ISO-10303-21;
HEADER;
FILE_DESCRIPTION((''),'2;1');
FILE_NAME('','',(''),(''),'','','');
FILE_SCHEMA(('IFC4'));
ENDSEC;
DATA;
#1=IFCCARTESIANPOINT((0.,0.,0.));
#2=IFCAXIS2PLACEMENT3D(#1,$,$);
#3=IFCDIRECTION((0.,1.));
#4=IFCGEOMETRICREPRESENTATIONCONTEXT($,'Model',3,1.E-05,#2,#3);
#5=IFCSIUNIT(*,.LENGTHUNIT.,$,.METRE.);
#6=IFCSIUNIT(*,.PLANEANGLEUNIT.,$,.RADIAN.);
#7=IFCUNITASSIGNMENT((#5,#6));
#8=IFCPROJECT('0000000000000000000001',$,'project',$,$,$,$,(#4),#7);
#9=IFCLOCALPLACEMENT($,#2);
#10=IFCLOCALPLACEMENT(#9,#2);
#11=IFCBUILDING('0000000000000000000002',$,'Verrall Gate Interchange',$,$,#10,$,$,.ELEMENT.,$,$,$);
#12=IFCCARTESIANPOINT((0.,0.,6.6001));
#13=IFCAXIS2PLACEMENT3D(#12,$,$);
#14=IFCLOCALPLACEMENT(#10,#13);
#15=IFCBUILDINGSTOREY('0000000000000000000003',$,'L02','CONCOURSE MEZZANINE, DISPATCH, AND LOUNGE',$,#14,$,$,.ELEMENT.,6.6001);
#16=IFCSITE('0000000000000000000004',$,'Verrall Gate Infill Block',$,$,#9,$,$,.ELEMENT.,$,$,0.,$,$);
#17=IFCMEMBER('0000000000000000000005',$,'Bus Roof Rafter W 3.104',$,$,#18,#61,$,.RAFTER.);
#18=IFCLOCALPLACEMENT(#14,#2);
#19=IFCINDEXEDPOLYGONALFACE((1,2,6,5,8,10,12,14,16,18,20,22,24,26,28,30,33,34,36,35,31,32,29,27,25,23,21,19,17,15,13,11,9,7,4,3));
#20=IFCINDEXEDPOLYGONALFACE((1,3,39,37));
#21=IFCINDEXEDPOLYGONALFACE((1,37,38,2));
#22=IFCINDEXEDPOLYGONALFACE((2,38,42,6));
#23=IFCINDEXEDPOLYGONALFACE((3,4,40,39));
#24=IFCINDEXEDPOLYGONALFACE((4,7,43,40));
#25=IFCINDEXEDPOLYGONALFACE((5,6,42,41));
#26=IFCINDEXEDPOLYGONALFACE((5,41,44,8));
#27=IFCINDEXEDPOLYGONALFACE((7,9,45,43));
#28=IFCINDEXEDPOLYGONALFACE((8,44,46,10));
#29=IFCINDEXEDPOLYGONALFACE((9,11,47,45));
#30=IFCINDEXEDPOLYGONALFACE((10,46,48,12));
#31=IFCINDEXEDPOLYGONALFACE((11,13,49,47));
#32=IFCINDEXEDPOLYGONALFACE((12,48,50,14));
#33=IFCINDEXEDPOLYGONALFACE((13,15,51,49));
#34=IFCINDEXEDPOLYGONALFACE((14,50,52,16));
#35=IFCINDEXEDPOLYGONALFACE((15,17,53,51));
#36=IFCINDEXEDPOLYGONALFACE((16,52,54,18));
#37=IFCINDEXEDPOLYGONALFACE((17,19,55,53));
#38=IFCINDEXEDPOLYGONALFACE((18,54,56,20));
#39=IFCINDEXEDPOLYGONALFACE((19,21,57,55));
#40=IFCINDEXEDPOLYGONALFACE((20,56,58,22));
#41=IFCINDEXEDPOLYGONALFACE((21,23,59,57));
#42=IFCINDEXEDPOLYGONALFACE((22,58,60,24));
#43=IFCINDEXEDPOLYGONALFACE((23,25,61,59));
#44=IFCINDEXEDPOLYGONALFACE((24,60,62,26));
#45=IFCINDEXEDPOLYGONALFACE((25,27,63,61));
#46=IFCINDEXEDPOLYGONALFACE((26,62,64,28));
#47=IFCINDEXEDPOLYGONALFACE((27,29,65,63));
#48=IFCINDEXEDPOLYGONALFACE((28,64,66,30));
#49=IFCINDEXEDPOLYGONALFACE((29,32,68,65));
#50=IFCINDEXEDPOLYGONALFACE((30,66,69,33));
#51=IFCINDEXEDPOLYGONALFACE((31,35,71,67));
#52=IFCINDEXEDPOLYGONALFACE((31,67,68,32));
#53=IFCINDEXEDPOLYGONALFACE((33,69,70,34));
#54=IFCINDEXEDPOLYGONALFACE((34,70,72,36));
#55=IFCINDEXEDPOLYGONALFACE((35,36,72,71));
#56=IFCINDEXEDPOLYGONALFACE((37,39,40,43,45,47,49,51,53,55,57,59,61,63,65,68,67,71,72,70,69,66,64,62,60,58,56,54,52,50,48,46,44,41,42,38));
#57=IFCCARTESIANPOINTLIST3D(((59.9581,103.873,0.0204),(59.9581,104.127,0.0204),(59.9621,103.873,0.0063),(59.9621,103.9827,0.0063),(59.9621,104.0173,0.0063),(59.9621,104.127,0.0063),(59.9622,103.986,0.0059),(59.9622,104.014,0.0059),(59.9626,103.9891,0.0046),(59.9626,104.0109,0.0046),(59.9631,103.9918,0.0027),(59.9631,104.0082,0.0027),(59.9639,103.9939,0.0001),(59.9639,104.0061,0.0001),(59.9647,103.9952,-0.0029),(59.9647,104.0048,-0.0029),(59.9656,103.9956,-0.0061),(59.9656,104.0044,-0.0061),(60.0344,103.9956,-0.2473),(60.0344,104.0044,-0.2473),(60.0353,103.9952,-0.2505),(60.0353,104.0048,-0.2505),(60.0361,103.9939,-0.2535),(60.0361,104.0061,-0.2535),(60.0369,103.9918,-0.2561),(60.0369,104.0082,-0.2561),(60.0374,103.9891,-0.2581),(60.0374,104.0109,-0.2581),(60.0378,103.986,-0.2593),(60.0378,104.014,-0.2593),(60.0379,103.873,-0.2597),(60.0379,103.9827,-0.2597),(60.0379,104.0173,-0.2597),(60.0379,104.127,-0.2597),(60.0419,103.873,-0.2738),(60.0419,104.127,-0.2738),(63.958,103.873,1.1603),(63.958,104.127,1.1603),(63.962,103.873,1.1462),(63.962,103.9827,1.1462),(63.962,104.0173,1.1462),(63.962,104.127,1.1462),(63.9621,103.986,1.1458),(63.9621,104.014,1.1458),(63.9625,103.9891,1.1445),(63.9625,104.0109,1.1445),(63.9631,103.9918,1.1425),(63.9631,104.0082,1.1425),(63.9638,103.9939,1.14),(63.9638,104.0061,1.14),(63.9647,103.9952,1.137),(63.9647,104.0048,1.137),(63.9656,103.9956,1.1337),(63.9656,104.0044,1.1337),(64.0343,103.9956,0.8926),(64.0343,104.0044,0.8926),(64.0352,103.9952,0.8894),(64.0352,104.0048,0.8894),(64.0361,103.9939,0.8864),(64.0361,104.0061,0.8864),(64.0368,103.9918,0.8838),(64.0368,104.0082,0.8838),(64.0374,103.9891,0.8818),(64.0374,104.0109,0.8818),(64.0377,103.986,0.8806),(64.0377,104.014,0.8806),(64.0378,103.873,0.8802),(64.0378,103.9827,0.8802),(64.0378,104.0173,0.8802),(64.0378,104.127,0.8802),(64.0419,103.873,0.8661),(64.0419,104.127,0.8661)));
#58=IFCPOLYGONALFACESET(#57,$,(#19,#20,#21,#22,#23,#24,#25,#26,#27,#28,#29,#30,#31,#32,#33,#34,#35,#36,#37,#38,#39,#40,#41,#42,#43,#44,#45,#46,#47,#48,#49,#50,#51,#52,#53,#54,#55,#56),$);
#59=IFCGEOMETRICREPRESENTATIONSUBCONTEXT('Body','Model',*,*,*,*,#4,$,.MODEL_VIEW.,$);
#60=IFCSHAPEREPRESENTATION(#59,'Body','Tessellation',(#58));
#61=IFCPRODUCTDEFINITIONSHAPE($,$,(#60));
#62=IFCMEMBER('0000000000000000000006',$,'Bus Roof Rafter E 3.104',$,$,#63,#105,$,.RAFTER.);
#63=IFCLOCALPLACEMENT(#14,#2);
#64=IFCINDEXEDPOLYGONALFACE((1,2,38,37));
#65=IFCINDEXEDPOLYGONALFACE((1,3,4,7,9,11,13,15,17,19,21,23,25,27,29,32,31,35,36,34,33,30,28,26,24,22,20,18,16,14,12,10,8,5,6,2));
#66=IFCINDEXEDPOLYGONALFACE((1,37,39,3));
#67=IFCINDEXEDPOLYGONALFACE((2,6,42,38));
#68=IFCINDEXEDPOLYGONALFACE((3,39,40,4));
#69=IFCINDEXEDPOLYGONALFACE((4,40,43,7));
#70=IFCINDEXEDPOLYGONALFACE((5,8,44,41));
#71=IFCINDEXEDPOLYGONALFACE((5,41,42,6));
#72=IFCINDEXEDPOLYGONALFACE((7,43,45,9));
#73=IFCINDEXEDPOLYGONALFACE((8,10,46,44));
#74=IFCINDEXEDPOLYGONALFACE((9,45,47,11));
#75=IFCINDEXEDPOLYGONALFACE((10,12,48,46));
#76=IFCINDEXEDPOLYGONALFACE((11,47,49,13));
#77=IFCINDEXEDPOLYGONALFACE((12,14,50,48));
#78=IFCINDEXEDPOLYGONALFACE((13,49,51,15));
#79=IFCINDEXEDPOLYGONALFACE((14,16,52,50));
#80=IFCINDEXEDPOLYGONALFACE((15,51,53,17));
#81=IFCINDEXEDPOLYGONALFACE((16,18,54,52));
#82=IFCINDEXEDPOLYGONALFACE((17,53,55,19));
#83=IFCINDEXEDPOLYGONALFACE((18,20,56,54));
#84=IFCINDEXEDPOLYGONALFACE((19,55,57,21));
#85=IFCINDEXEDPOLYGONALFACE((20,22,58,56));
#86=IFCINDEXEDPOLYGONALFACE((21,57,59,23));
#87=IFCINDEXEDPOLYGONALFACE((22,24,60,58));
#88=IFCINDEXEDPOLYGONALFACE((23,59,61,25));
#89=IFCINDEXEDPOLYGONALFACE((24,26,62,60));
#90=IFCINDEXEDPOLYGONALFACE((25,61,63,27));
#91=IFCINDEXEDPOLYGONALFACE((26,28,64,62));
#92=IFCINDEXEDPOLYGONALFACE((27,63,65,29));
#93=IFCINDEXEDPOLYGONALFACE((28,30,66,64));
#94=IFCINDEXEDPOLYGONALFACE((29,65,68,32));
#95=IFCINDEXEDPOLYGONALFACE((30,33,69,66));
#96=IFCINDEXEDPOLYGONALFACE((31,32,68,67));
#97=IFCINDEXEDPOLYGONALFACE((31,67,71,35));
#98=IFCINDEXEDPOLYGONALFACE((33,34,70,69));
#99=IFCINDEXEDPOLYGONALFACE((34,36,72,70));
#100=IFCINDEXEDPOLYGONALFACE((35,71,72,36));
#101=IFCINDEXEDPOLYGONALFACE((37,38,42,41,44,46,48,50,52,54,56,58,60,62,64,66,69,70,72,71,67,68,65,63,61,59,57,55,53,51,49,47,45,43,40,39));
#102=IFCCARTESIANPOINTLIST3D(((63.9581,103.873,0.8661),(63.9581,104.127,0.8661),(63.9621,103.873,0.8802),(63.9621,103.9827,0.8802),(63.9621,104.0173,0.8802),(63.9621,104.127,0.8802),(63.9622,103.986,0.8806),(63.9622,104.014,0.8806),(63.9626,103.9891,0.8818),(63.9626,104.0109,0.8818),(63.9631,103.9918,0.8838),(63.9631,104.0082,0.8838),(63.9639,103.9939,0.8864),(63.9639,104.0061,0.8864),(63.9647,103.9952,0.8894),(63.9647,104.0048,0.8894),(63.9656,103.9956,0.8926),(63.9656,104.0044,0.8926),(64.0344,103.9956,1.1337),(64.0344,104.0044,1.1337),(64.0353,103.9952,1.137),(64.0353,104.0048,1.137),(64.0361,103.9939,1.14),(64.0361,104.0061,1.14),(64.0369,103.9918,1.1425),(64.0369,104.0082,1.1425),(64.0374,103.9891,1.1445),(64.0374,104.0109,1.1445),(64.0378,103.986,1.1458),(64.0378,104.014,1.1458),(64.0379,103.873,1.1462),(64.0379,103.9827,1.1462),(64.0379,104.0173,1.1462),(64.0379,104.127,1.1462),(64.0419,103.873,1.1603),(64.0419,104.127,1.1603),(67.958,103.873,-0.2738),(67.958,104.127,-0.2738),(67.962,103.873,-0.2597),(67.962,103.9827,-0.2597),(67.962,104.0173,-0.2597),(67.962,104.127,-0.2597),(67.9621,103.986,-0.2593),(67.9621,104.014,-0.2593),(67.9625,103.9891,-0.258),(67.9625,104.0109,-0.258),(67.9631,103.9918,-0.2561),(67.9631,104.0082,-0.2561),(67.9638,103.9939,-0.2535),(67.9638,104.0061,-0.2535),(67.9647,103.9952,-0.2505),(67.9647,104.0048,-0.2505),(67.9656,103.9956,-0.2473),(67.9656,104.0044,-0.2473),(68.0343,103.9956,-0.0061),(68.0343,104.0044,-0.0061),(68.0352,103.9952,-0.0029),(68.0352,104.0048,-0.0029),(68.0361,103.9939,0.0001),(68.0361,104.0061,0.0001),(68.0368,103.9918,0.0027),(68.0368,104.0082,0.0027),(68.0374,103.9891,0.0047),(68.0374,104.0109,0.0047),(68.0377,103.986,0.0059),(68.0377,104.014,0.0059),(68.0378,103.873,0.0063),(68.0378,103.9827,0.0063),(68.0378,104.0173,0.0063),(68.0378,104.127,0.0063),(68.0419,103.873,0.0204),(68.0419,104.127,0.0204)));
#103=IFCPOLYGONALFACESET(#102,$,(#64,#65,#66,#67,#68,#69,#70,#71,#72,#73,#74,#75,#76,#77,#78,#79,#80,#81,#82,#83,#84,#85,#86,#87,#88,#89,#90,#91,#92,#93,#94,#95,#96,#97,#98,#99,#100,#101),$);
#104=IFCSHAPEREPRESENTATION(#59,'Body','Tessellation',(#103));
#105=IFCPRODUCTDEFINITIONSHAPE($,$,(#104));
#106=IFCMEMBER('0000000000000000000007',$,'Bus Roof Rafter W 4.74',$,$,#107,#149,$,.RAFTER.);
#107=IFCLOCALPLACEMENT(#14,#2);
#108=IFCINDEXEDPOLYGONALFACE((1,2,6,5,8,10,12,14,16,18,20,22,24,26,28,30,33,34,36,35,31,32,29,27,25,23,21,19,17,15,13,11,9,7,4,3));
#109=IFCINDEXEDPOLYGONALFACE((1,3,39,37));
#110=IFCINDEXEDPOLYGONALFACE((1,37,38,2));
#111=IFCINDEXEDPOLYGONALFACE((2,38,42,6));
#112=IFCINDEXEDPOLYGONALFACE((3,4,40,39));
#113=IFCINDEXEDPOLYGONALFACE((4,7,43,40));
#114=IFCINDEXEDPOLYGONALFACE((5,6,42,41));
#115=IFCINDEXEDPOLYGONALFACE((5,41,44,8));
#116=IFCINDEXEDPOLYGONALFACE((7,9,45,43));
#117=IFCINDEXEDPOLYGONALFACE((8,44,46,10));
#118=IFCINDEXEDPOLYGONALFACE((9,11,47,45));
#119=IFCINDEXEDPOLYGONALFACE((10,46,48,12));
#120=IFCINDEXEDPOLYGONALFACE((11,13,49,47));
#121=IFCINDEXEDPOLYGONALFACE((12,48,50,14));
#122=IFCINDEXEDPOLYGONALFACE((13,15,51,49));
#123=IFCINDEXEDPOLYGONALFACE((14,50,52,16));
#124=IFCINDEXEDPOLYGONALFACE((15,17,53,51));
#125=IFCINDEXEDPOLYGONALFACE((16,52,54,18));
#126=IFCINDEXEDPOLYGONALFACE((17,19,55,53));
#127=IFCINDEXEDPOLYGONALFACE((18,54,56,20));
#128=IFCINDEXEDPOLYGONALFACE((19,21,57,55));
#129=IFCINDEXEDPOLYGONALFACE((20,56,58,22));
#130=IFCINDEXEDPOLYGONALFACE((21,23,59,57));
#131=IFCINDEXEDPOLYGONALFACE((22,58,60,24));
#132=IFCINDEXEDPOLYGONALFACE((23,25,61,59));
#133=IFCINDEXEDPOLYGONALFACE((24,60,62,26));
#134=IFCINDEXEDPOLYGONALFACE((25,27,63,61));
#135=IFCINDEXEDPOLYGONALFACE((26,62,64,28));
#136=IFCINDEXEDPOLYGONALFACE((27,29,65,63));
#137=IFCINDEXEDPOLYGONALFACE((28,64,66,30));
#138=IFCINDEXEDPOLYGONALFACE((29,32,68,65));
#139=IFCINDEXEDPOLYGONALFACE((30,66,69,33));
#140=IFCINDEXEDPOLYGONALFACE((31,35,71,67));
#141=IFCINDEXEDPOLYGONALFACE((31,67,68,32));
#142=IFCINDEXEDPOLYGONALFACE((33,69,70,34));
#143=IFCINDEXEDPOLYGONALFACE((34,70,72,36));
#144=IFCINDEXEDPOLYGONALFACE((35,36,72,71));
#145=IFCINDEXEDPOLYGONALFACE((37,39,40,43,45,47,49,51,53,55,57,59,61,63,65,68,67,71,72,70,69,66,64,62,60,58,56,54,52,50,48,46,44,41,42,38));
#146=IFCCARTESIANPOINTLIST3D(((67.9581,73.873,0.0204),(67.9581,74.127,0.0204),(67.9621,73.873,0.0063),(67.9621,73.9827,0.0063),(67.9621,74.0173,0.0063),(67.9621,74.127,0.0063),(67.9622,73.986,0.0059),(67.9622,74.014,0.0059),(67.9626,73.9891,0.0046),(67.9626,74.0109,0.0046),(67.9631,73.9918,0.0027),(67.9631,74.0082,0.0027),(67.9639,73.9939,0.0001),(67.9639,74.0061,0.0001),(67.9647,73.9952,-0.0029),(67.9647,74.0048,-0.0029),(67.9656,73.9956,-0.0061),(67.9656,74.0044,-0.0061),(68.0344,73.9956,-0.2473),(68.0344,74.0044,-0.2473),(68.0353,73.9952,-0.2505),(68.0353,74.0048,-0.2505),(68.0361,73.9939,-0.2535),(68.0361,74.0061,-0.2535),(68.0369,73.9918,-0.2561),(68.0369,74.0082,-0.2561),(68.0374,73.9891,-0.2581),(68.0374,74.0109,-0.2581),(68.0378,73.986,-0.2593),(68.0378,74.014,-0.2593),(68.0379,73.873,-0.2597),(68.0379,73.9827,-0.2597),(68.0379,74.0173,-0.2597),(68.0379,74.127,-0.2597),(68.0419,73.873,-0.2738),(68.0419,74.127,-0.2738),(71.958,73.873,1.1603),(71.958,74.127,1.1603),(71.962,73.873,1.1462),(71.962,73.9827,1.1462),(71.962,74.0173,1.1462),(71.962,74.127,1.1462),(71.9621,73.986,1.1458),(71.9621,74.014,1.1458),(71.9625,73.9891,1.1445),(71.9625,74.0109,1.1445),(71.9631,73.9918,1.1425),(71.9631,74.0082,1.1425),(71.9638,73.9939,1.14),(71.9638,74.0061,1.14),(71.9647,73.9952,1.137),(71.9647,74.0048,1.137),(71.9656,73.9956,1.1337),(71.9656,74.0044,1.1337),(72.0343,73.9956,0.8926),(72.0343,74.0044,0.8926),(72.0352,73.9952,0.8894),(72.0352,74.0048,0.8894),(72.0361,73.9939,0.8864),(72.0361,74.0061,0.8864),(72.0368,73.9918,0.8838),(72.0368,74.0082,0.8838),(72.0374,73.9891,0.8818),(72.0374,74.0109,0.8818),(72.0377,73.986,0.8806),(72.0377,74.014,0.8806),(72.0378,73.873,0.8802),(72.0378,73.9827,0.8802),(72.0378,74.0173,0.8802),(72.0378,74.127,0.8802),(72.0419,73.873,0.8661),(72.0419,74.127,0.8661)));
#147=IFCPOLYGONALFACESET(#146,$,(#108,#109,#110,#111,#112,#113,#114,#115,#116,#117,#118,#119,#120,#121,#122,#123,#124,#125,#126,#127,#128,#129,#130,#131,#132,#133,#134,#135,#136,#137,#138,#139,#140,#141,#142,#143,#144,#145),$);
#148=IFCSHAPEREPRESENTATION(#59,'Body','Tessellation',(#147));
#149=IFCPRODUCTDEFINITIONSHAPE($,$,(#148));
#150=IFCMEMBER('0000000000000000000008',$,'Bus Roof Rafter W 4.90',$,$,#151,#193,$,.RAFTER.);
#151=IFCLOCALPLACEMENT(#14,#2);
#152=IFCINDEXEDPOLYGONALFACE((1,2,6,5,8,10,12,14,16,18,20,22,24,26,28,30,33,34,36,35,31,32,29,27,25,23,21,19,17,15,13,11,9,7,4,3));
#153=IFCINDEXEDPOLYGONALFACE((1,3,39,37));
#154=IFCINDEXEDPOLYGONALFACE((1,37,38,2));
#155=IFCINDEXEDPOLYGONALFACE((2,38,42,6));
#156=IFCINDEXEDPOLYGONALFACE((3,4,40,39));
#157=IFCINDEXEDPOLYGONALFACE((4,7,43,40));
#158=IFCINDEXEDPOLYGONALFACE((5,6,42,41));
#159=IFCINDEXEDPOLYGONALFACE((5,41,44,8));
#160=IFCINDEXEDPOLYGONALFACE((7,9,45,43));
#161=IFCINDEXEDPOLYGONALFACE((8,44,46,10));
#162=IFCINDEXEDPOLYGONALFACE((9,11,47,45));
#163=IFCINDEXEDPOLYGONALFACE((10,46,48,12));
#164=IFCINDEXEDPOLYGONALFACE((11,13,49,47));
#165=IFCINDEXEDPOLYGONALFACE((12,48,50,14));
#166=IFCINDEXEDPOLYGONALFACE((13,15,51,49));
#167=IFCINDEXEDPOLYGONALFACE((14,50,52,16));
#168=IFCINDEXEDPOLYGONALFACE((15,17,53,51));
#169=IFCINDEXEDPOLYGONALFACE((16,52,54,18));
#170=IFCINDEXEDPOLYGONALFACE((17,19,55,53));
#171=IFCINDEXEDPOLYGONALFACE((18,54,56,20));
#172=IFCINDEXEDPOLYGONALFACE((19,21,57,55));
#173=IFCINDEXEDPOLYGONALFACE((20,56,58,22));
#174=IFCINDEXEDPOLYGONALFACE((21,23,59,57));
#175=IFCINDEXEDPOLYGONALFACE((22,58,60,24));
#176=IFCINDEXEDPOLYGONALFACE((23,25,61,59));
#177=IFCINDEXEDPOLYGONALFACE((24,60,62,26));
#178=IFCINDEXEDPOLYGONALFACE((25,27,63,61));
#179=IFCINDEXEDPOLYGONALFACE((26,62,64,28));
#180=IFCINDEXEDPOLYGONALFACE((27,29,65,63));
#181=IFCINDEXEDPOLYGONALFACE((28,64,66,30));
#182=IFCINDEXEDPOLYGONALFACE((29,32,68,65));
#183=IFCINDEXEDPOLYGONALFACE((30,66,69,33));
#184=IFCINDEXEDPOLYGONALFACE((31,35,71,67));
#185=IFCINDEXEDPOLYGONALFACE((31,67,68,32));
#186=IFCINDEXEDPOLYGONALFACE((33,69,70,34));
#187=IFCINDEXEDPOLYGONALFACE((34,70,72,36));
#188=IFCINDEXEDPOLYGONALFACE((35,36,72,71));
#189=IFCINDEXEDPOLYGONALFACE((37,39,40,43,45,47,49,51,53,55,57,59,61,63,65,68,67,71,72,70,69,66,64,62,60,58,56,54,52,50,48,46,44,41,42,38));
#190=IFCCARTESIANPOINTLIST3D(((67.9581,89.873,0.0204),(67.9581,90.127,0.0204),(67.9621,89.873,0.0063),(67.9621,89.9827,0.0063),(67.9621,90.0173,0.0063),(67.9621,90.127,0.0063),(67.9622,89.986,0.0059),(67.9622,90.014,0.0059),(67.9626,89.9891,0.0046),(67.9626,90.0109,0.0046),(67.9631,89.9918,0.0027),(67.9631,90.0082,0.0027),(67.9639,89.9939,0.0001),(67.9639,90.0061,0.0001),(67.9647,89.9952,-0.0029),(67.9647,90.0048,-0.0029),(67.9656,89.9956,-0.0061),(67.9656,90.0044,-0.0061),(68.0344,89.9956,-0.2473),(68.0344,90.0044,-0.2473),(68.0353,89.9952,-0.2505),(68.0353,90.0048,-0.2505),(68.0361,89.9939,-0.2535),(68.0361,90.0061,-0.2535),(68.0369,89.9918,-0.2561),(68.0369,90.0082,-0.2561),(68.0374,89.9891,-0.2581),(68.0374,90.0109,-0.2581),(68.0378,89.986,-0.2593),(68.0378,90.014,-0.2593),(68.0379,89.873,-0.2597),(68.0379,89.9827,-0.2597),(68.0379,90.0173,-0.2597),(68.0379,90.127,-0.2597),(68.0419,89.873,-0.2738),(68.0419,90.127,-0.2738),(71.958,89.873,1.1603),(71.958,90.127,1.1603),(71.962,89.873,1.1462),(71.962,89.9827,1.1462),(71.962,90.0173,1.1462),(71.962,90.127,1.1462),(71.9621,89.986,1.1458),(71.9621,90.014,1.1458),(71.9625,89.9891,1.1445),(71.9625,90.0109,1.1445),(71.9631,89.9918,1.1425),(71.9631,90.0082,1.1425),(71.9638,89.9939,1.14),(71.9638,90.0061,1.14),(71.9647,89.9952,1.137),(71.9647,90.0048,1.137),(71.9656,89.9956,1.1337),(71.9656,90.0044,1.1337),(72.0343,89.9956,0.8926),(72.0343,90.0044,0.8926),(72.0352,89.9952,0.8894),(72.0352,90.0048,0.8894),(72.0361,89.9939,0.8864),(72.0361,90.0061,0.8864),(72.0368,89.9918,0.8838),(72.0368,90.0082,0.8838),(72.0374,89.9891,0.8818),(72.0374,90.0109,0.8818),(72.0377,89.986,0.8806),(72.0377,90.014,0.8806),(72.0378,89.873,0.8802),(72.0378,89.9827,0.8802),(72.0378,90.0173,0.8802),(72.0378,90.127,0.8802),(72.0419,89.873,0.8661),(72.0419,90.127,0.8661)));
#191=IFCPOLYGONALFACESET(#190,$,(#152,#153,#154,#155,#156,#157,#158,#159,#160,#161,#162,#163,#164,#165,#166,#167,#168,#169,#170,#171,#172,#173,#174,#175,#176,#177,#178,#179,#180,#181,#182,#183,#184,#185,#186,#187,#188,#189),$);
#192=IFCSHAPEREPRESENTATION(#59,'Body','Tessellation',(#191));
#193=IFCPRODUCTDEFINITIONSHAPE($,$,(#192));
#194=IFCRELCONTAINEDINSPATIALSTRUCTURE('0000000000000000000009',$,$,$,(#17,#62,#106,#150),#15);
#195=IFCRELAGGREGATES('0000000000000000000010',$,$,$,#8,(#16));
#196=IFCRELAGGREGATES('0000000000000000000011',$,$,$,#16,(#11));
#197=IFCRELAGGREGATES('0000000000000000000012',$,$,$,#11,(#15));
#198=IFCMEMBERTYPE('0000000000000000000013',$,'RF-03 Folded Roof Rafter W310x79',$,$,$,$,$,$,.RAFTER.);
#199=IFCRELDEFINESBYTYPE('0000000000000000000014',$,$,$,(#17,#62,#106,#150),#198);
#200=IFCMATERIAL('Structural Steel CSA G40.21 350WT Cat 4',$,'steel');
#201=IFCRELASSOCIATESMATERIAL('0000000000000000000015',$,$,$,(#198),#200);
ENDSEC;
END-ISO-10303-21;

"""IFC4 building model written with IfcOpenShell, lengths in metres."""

from ifc_helpers import new_model, si_unit, direction, frame, origin, origin_2d, place, context, subcontext, project, spatial, i_section, extrude, material, material_profile, profile_set, type_object, element, save


model = new_model("IFC4")

# Units and contexts
model_context = context("Model", 3, precision=1e-05, world=origin(), true_north=direction((0.0, 1.0)))
body_context = subcontext(model_context, "Body", "Model", "MODEL_VIEW")
ifc_project = project(units=[si_unit("LENGTHUNIT", "METRE"), si_unit("PLANEANGLEUNIT", "RADIAN")], contexts=[model_context])

# Site, building, storey
site_placement = place(None, origin())
site = spatial("IfcSite", under=ifc_project, at=site_placement, Name="Verrall Gate Infill Block", CompositionType="ELEMENT", RefElevation=0.0)
building_placement = place(site_placement, origin())
building = spatial("IfcBuilding", under=site, at=building_placement, Name="Verrall Gate Interchange", CompositionType="ELEMENT")
storey_placement = place(building_placement, frame((0.0, 0.0, 6.6001)))
storey = spatial("IfcBuildingStorey", under=building, at=storey_placement, Name="L02", Description="CONCOURSE MEZZANINE, DISPATCH, AND LOUNGE", CompositionType="ELEMENT", Elevation=6.6001)

# Members
ifc_material_1 = material(Name="Structural Steel CSA G40.21 350WT Cat 4", Category="steel")
ifc_material_profile_1 = material_profile(ifc_material_1, i_section(OverallWidth=0.2539, OverallDepth=0.3059, WebThickness=0.0088, FlangeThickness=0.0146, FilletRadius=0.0129, at=origin_2d()), Name="W310x79")
ifc_profile_set_1 = profile_set([ifc_material_profile_1], Name="Structural Steel CSA G40.21 350WT Cat 4")
member_type_1 = type_object("IfcMemberType", Name="RF-03 Folded Roof Rafter W310x79", PredefinedType="RAFTER", material=ifc_profile_set_1)
for number, where, z_axis, x_axis, name in (
    (1, (60.0, 104.0, -0.1267), (0.961712, 0.0, 0.274062), (0.0, 1.0, 0.0), "Bus Roof Rafter W 3.104"),
    (2, (64.0, 104.0, 1.0132), (0.961712, 0.0, -0.274062), (0.0, 1.0, 0.0), "Bus Roof Rafter E 3.104"),
    (3, (68.0, 74.0, -0.1267), (0.961712, 0.0, 0.274062), (0.0, 1.0, 0.0), "Bus Roof Rafter W 4.74"),
    (4, (68.0, 90.0, -0.1267), (0.961712, 0.0, 0.274062), (0.0, 1.0, 0.0), "Bus Roof Rafter W 4.90"),
):
    element("IfcMember", number, at=place(storey_placement, frame(where, z_axis=z_axis, x_axis=x_axis)), inside=storey, type_object=member_type_1, Name=name, PredefinedType="RAFTER", context=body_context, shape_type="SweptSolid", body=[
        extrude(i_section(OverallWidth=0.2539, OverallDepth=0.3059, WebThickness=0.0088, FlangeThickness=0.0146, FilletRadius=0.0129, at=origin_2d()), origin(), (0.0, 0.0, 1.0), 4.1592),
    ])

save(model, "model.ifc")
